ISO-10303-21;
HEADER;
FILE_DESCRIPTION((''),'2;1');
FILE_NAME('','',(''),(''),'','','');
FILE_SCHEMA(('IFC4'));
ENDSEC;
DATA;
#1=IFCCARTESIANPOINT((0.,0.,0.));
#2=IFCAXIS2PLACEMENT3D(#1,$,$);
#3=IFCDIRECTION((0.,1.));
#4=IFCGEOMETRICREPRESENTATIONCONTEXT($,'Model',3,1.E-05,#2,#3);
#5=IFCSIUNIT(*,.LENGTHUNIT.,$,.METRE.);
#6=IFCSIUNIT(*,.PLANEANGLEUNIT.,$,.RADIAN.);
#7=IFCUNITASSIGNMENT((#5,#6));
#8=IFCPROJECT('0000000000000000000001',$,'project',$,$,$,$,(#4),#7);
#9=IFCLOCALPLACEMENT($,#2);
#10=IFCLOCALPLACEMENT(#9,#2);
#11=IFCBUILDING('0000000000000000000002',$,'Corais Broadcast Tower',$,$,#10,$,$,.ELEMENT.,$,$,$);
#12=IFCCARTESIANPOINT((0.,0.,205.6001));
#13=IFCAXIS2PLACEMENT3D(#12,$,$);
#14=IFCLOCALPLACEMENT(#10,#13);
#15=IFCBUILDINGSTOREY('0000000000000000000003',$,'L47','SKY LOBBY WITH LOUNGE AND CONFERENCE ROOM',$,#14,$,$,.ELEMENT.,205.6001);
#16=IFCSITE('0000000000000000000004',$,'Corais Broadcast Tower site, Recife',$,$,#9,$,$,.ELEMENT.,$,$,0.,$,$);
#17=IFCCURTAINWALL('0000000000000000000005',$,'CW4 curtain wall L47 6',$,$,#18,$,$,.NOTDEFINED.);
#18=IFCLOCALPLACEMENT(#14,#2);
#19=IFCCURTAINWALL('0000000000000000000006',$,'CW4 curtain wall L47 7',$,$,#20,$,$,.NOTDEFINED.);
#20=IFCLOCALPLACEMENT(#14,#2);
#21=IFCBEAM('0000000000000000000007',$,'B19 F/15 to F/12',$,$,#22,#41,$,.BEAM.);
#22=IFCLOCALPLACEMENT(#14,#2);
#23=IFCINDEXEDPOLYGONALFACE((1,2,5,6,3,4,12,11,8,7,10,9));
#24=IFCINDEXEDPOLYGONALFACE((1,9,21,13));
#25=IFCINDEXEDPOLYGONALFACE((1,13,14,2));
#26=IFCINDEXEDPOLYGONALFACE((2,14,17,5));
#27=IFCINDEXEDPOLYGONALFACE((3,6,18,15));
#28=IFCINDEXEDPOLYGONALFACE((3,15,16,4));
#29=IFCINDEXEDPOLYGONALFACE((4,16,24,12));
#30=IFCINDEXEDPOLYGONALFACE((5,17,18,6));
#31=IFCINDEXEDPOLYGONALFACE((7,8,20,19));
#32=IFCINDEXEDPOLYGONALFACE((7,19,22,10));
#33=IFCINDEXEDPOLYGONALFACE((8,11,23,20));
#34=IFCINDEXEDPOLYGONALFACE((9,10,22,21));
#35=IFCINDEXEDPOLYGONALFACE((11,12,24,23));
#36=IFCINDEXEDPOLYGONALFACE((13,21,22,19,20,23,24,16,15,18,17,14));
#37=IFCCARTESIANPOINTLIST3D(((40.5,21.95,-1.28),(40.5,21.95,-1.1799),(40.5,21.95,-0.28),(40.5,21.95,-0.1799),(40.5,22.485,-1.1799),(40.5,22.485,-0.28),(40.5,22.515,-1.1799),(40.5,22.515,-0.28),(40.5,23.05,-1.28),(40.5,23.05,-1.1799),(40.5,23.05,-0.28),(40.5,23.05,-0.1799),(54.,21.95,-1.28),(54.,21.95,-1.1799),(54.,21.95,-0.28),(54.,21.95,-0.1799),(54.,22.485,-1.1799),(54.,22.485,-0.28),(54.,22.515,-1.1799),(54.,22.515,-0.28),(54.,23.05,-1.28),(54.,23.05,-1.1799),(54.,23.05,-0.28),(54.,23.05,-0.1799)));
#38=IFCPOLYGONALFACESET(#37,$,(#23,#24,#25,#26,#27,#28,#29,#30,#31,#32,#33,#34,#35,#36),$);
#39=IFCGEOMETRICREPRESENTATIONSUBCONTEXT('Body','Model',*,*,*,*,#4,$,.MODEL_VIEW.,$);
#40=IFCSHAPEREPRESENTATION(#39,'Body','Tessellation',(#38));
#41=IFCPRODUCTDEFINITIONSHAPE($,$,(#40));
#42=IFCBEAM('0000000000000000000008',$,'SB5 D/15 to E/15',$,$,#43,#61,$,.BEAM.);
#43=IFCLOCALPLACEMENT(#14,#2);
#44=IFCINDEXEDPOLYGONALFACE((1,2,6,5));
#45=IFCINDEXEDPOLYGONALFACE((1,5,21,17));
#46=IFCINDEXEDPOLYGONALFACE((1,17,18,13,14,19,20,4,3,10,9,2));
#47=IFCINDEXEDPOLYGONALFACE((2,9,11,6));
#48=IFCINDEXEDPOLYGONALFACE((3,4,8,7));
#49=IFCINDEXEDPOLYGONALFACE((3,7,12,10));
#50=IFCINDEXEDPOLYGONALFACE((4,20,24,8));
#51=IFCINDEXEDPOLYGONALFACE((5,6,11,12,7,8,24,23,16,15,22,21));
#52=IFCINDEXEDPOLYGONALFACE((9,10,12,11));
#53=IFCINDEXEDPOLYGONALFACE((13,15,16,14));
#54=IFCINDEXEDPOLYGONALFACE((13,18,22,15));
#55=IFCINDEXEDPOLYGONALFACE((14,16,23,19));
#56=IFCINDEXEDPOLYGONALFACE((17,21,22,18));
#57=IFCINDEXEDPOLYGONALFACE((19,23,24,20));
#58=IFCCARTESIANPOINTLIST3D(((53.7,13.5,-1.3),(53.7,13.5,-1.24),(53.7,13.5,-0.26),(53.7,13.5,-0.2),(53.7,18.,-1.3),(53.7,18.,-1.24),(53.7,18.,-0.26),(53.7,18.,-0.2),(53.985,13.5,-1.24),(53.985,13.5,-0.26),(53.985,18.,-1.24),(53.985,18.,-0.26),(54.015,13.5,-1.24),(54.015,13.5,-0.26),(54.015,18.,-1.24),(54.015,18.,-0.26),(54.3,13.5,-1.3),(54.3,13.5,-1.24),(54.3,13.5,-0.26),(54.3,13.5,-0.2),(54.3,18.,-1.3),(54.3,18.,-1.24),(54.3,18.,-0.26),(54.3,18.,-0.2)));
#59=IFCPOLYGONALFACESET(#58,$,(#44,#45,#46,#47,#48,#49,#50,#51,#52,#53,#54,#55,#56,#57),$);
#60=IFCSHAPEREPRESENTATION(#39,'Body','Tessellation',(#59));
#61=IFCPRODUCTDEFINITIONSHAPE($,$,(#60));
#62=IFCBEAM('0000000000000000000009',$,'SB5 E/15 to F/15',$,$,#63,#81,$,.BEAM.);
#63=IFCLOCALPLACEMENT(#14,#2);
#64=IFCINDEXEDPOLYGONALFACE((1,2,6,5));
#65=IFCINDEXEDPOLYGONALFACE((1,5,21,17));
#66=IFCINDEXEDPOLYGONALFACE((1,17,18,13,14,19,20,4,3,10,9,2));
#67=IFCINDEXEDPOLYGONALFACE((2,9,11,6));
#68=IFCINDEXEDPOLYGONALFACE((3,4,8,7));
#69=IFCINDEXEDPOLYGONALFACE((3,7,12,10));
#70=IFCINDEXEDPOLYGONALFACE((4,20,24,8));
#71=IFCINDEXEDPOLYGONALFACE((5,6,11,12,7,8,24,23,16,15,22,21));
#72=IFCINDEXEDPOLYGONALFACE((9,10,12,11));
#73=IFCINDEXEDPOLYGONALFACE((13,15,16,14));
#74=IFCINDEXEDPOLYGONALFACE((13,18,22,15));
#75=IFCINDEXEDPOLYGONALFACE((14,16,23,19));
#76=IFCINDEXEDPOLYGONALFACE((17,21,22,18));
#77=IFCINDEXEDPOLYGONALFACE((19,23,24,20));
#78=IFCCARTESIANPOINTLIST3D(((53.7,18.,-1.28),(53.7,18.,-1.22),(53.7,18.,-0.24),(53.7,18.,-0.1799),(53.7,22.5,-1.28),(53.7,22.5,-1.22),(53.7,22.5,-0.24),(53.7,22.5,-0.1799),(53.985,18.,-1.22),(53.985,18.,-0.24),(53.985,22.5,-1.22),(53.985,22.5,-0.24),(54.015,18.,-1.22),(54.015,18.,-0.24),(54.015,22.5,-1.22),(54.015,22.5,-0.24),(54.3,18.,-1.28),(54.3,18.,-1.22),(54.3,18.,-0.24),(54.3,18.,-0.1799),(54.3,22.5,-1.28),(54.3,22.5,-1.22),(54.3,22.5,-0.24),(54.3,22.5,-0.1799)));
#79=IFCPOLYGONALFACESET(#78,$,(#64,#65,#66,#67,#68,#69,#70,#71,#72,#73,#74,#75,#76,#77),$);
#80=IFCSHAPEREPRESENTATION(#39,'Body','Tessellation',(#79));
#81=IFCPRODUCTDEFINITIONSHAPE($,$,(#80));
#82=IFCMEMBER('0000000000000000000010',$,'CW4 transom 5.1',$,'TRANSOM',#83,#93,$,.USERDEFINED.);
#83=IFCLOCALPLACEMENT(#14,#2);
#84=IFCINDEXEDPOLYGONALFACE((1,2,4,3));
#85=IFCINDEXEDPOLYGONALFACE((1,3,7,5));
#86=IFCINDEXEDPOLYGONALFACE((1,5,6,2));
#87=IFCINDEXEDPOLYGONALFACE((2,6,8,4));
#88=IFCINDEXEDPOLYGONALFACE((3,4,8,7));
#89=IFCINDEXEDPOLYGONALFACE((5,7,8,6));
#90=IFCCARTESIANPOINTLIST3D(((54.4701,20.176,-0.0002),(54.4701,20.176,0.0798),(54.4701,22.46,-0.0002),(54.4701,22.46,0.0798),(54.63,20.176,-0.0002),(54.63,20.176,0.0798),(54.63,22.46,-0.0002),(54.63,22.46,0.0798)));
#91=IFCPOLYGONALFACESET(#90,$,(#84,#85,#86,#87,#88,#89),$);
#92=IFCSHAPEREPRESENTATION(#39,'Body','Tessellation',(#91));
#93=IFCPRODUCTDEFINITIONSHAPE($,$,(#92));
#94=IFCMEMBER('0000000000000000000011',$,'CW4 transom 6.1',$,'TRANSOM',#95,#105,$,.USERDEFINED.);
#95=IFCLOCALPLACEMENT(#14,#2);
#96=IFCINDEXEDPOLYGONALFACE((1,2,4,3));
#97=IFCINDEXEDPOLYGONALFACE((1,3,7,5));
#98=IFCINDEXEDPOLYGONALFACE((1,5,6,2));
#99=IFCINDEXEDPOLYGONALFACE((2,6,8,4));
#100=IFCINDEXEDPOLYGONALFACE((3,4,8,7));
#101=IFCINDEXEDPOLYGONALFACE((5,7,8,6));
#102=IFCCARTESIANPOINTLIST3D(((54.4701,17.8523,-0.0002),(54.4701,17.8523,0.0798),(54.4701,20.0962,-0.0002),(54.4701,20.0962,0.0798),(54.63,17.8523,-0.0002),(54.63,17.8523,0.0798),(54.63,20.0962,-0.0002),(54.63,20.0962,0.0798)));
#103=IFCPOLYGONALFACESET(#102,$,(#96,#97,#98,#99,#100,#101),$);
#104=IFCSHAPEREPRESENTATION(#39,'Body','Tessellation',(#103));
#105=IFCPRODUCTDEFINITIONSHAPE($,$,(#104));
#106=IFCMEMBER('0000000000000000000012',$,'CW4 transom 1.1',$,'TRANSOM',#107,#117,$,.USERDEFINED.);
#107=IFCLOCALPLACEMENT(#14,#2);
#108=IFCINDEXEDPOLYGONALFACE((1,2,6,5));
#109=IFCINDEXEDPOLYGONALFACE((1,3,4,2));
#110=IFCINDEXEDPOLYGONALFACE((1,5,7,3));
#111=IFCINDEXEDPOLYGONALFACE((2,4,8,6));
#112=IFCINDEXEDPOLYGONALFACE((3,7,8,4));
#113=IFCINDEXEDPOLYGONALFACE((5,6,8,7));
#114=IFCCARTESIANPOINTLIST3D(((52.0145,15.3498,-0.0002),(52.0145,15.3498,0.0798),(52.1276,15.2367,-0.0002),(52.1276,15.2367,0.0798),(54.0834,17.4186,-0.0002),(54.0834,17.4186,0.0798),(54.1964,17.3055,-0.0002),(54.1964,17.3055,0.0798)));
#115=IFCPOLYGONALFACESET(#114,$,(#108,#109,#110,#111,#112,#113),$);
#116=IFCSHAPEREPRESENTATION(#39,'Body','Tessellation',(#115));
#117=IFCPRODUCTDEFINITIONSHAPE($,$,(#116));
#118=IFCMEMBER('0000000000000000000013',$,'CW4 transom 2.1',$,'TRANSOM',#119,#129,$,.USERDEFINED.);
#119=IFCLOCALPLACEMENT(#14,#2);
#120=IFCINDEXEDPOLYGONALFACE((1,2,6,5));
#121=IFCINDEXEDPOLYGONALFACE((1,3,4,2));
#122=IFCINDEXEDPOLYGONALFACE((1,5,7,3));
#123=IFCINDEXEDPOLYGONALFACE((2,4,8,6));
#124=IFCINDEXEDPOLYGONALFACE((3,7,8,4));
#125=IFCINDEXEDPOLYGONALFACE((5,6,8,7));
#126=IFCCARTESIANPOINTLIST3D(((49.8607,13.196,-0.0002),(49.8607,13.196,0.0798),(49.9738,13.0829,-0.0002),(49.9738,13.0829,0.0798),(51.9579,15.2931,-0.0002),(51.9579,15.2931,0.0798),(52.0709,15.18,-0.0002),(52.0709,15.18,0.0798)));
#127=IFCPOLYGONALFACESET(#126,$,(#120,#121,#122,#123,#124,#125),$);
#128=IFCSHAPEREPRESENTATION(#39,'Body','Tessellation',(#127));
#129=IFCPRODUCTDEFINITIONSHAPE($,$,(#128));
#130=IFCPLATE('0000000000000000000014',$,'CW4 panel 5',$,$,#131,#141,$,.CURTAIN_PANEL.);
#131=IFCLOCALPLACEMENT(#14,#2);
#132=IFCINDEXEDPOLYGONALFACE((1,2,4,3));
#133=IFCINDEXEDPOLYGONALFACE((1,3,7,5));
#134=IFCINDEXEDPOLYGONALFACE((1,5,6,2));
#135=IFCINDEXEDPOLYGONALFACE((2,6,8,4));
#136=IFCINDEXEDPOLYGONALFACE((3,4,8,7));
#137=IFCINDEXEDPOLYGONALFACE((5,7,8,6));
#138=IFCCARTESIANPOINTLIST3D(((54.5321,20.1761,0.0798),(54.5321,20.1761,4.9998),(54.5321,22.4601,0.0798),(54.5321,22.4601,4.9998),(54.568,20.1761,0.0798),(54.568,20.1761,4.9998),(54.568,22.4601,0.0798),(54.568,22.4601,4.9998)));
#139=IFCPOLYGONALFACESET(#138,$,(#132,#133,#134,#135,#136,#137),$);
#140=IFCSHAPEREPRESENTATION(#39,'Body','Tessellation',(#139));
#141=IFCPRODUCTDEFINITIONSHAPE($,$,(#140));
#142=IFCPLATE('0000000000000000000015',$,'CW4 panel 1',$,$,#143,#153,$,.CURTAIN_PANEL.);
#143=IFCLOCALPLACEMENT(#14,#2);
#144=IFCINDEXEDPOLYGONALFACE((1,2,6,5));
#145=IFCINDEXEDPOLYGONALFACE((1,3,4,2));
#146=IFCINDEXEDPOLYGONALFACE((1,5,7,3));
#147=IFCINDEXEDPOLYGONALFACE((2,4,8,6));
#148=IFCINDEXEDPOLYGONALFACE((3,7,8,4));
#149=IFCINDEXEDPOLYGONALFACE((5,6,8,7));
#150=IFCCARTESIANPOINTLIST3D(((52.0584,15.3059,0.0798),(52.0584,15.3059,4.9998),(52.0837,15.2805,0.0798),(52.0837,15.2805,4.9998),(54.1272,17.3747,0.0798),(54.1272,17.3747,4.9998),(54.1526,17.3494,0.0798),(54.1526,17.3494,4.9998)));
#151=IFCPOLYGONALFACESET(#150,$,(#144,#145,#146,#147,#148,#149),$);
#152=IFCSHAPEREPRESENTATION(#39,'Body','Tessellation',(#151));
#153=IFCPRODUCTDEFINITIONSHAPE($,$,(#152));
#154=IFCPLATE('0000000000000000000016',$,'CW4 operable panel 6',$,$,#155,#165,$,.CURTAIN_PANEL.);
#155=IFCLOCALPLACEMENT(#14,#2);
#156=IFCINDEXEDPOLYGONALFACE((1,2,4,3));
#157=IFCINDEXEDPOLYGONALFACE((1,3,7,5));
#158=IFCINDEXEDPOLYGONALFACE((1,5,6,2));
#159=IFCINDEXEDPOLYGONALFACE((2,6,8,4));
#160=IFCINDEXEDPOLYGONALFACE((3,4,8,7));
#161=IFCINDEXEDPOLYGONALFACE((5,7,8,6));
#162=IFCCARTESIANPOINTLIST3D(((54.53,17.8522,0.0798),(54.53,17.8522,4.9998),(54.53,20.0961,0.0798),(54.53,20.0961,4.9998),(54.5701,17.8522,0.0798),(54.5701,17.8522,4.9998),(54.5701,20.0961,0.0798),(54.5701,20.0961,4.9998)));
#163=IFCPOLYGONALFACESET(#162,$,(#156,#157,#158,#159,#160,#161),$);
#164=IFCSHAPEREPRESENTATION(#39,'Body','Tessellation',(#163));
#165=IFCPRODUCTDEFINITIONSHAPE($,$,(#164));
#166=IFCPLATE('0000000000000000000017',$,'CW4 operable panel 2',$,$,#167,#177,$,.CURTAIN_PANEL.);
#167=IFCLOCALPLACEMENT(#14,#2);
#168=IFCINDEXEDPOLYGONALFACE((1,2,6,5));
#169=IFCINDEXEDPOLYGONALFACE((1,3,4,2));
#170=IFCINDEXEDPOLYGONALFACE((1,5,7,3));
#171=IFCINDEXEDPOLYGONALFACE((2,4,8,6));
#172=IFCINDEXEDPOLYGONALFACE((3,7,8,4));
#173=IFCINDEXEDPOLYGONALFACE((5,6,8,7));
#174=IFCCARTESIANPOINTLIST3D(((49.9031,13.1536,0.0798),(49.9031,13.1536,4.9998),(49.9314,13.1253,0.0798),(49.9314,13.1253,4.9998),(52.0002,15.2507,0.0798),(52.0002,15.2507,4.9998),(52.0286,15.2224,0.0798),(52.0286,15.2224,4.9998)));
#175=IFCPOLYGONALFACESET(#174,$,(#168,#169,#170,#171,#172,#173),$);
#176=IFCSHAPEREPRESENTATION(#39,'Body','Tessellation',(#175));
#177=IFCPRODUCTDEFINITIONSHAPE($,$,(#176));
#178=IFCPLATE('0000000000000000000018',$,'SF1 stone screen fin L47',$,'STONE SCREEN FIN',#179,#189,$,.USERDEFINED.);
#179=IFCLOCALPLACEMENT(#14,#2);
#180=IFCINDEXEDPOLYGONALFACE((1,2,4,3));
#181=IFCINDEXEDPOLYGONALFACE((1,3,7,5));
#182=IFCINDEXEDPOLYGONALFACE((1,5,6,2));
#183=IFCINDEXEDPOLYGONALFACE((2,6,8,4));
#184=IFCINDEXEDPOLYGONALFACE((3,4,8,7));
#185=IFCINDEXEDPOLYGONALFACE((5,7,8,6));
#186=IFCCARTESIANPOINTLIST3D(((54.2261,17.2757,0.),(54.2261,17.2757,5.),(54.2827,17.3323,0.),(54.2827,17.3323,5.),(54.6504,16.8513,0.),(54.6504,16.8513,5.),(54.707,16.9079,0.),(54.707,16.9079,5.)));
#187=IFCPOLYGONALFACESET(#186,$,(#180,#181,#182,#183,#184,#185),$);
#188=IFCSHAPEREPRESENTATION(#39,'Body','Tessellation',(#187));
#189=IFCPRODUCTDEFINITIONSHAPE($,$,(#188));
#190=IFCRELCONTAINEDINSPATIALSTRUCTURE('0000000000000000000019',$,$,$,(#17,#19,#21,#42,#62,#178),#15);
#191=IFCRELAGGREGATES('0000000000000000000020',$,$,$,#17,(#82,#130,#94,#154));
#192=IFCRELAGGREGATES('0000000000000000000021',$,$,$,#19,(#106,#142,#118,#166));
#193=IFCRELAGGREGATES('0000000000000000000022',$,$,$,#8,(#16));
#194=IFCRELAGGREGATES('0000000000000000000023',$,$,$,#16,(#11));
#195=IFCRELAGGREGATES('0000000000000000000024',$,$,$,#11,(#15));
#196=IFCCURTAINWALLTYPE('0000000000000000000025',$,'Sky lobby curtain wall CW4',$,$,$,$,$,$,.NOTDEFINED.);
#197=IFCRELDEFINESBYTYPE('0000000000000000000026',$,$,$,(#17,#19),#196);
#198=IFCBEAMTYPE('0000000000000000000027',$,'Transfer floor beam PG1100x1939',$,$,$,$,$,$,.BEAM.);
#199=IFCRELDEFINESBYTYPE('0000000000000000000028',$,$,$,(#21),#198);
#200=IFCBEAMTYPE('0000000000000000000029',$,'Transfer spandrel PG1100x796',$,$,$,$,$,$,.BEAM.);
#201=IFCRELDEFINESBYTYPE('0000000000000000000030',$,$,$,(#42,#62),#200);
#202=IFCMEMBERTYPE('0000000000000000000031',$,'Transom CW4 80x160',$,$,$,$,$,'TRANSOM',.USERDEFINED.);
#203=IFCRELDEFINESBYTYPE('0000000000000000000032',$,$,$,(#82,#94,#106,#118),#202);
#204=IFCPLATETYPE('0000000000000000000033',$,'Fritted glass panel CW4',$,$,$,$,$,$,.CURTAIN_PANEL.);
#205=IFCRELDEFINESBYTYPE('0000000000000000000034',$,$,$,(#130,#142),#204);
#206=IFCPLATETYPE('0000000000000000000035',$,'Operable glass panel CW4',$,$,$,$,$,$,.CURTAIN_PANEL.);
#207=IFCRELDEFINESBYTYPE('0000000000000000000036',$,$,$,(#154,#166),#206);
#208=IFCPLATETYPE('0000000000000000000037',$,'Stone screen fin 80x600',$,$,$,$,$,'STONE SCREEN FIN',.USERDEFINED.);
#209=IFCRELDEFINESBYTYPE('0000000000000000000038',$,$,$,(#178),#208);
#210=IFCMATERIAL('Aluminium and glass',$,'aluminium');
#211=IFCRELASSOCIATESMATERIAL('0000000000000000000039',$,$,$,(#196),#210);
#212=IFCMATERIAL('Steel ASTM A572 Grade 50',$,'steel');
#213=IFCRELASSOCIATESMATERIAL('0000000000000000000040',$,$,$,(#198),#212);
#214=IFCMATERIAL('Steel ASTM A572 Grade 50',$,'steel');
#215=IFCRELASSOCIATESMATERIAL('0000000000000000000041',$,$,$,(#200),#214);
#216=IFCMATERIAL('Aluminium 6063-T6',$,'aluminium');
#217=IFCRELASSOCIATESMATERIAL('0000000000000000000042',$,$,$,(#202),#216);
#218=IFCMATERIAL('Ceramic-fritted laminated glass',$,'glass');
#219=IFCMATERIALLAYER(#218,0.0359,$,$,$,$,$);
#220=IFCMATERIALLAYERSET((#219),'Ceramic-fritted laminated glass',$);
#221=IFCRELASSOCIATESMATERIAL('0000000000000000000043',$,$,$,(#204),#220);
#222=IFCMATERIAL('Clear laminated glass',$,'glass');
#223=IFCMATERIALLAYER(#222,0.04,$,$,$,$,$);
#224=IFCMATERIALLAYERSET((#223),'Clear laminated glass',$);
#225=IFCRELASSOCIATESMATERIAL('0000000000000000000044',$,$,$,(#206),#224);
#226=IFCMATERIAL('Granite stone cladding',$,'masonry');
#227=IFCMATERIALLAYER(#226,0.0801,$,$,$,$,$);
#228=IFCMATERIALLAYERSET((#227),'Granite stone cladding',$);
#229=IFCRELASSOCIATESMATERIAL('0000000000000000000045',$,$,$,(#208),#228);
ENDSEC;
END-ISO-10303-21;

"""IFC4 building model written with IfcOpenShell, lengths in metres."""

from ifc_helpers import new_model, si_unit, direction, frame, origin, origin_2d, place, context, subcontext, project, spatial, rectangle, i_section, extrude, material, layer, layer_set, material_profile, profile_set, type_object, element, aggregate, save


model = new_model("IFC4")

# Units and contexts
model_context = context("Model", 3, precision=1e-05, world=origin(), true_north=direction((0.0, 1.0)))
body_context = subcontext(model_context, "Body", "Model", "MODEL_VIEW")
ifc_project = project(units=[si_unit("LENGTHUNIT", "METRE"), si_unit("PLANEANGLEUNIT", "RADIAN")], contexts=[model_context])

# Site, building, storey
site_placement = place(None, origin())
site = spatial("IfcSite", under=ifc_project, at=site_placement, Name="Corais Broadcast Tower site, Recife", CompositionType="ELEMENT", RefElevation=0.0)
building_placement = place(site_placement, origin())
building = spatial("IfcBuilding", under=site, at=building_placement, Name="Corais Broadcast Tower", CompositionType="ELEMENT")
storey_placement = place(building_placement, frame((0.0, 0.0, 205.6001)))
storey = spatial("IfcBuildingStorey", under=building, at=storey_placement, Name="L47", Description="SKY LOBBY WITH LOUNGE AND CONFERENCE ROOM", CompositionType="ELEMENT", Elevation=205.6001)

# Curtain walls
ifc_material_1 = material(Name="Aluminium and glass", Category="aluminium")
curtain_wall_type = type_object("IfcCurtainWallType", Name="Sky lobby curtain wall CW4", PredefinedType="NOTDEFINED", material=ifc_material_1)
curtain_wall_1_placement = place(storey_placement, origin())
curtain_wall_1 = element("IfcCurtainWall", 1, at=curtain_wall_1_placement, inside=storey, type_object=curtain_wall_type, Name="CW4 curtain wall L47 6", PredefinedType="NOTDEFINED")
curtain_wall_2_placement = place(storey_placement, origin())
curtain_wall_2 = element("IfcCurtainWall", 2, at=curtain_wall_2_placement, inside=storey, type_object=curtain_wall_type, Name="CW4 curtain wall L47 7", PredefinedType="NOTDEFINED")

# Beams
ifc_material_2 = material(Name="Steel ASTM A572 Grade 50", Category="steel")
ifc_material_profile_1 = material_profile(ifc_material_2, i_section(OverallWidth=1.1001, OverallDepth=1.1001, WebThickness=0.03, FlangeThickness=0.1001, at=origin_2d()), Name="PG1100x1939")
ifc_profile_set_1 = profile_set([ifc_material_profile_1], Name="Steel ASTM A572 Grade 50")
beam_type_1 = type_object("IfcBeamType", Name="Transfer floor beam PG1100x1939", PredefinedType="BEAM", material=ifc_profile_set_1)
for number, where, z_axis, x_axis, name in (
    (3, (54.0, 22.5, -0.73), (-1.0, 0.0, 0.0), (0.0, -1.0, 0.0), "B19 F/15 to F/12"),
):
    element("IfcBeam", number, at=place(storey_placement, frame(where, z_axis=z_axis, x_axis=x_axis)), inside=storey, type_object=beam_type_1, Name=name, PredefinedType="BEAM", context=body_context, shape_type="SweptSolid", body=[
        extrude(i_section(OverallWidth=1.1001, OverallDepth=1.1001, WebThickness=0.03, FlangeThickness=0.1001, at=origin_2d()), origin(), (0.0, 0.0, 1.0), 13.5),
    ])
ifc_material_3 = material(Name="Steel ASTM A572 Grade 50", Category="steel")
ifc_material_profile_2 = material_profile(ifc_material_3, i_section(OverallWidth=0.6001, OverallDepth=1.1001, WebThickness=0.03, FlangeThickness=0.0601, at=origin_2d()), Name="PG1100x796")
ifc_profile_set_2 = profile_set([ifc_material_profile_2], Name="Steel ASTM A572 Grade 50")
beam_type_2 = type_object("IfcBeamType", Name="Transfer spandrel PG1100x796", PredefinedType="BEAM", material=ifc_profile_set_2)
for number, where, z_axis, x_axis, name in (
    (4, (54.0, 13.5, -0.75), (0.0, 1.0, 0.0), (-1.0, 0.0, 0.0), "SB5 D/15 to E/15"),
    (5, (54.0, 18.0, -0.73), (0.0, 1.0, 0.0), (-1.0, 0.0, 0.0), "SB5 E/15 to F/15"),
):
    element("IfcBeam", number, at=place(storey_placement, frame(where, z_axis=z_axis, x_axis=x_axis)), inside=storey, type_object=beam_type_2, Name=name, PredefinedType="BEAM", context=body_context, shape_type="SweptSolid", body=[
        extrude(i_section(OverallWidth=0.6001, OverallDepth=1.1001, WebThickness=0.03, FlangeThickness=0.0601, at=origin_2d()), origin(), (0.0, 0.0, 1.0), 4.5),
    ])

# Members
ifc_material_4 = material(Name="Aluminium 6063-T6", Category="aluminium")
ifc_material_profile_3 = material_profile(ifc_material_4, rectangle(XDim=0.1599, YDim=0.0801, at=origin_2d()), Name="Transom CW4 80x160")
ifc_profile_set_3 = profile_set([ifc_material_profile_3], Name="Aluminium 6063-T6")
member_type_1 = type_object("IfcMemberType", Name="Transom CW4 80x160", ElementType="TRANSOM", PredefinedType="USERDEFINED", material=ifc_profile_set_3)
member_1_placement = place(storey_placement, frame((54.55, 22.46, 0.0398), z_axis=(0.0, -1.0, 0.0), x_axis=(1.0, 0.0, 0.0)))
member_1 = element("IfcMember", 6, at=member_1_placement, type_object=member_type_1, Name="CW4 transom 5.1", ObjectType="TRANSOM", PredefinedType="USERDEFINED", context=body_context, shape_type="SweptSolid", body=[
    extrude(rectangle(XDim=0.1599, YDim=0.0801, at=origin_2d()), origin(), (0.0, 0.0, 1.0), 2.2839),
])
member_2_placement = place(storey_placement, frame((54.55, 20.0962, 0.0398), z_axis=(0.0, -1.0, 0.0), x_axis=(1.0, 0.0, 0.0)))
member_2 = element("IfcMember", 7, at=member_2_placement, type_object=member_type_1, Name="CW4 transom 6.1", ObjectType="TRANSOM", PredefinedType="USERDEFINED", context=body_context, shape_type="SweptSolid", body=[
    extrude(rectangle(XDim=0.1599, YDim=0.0801, at=origin_2d()), origin(), (0.0, 0.0, 1.0), 2.2439),
])
member_3_placement = place(storey_placement, frame((54.1399, 17.3621, 0.0398), z_axis=(-0.707107, -0.707107, 0.0), x_axis=(0.707107, -0.707107, 0.0)))
member_3 = element("IfcMember", 8, at=member_3_placement, type_object=member_type_1, Name="CW4 transom 1.1", ObjectType="TRANSOM", PredefinedType="USERDEFINED", context=body_context, shape_type="SweptSolid", body=[
    extrude(rectangle(XDim=0.1599, YDim=0.0801, at=origin_2d()), origin(), (0.0, 0.0, 1.0), 2.9258),
])
member_4_placement = place(storey_placement, frame((52.0144, 15.2366, 0.0398), z_axis=(-0.707107, -0.707107, 0.0), x_axis=(0.707107, -0.707107, 0.0)))
member_4 = element("IfcMember", 9, at=member_4_placement, type_object=member_type_1, Name="CW4 transom 2.1", ObjectType="TRANSOM", PredefinedType="USERDEFINED", context=body_context, shape_type="SweptSolid", body=[
    extrude(rectangle(XDim=0.1599, YDim=0.0801, at=origin_2d()), origin(), (0.0, 0.0, 1.0), 2.9658),
])

# Plates
ifc_material_5 = material(Name="Ceramic-fritted laminated glass", Category="glass")
ifc_layer_1 = layer(ifc_material_5, 0.0359)
ifc_layer_set_1 = layer_set([ifc_layer_1], Name="Ceramic-fritted laminated glass")
plate_type_1 = type_object("IfcPlateType", Name="Fritted glass panel CW4", PredefinedType="CURTAIN_PANEL", material=ifc_layer_set_1)
plate_1_placement = place(storey_placement, frame((54.55, 21.3181, 0.0798), z_axis=(0.0, 0.0, 1.0), x_axis=(0.0, -1.0, 0.0)))
plate_1 = element("IfcPlate", 10, at=plate_1_placement, type_object=plate_type_1, Name="CW4 panel 5", PredefinedType="CURTAIN_PANEL", context=body_context, shape_type="SweptSolid", body=[
    extrude(rectangle(XDim=2.2839, YDim=0.0359, at=origin_2d()), origin(), (0.0, 0.0, 1.0), 4.9199),
])
plate_2_placement = place(storey_placement, frame((53.1055, 16.3276, 0.0798), z_axis=(0.0, 0.0, 1.0), x_axis=(-0.707107, -0.707107, 0.0)))
plate_2 = element("IfcPlate", 11, at=plate_2_placement, type_object=plate_type_1, Name="CW4 panel 1", PredefinedType="CURTAIN_PANEL", context=body_context, shape_type="SweptSolid", body=[
    extrude(rectangle(XDim=2.9258, YDim=0.0359, at=origin_2d()), origin(), (0.0, 0.0, 1.0), 4.9199),
])
ifc_material_6 = material(Name="Clear laminated glass", Category="glass")
ifc_layer_2 = layer(ifc_material_6, 0.04)
ifc_layer_set_2 = layer_set([ifc_layer_2], Name="Clear laminated glass")
plate_type_2 = type_object("IfcPlateType", Name="Operable glass panel CW4", PredefinedType="CURTAIN_PANEL", material=ifc_layer_set_2)
plate_3_placement = place(storey_placement, frame((54.55, 18.9741, 0.0798), z_axis=(0.0, 0.0, 1.0), x_axis=(0.0, -1.0, 0.0)))
plate_3 = element("IfcPlate", 12, at=plate_3_placement, type_object=plate_type_2, Name="CW4 operable panel 6", PredefinedType="CURTAIN_PANEL", context=body_context, shape_type="SweptSolid", body=[
    extrude(rectangle(XDim=2.2439, YDim=0.04, at=origin_2d()), origin(), (0.0, 0.0, 1.0), 4.9199),
])
aggregate(curtain_wall_1, [member_1, plate_1, member_2, plate_3])
plate_4_placement = place(storey_placement, frame((50.9658, 14.188, 0.0798), z_axis=(0.0, 0.0, 1.0), x_axis=(-0.707107, -0.707107, 0.0)))
plate_4 = element("IfcPlate", 13, at=plate_4_placement, type_object=plate_type_2, Name="CW4 operable panel 2", PredefinedType="CURTAIN_PANEL", context=body_context, shape_type="SweptSolid", body=[
    extrude(rectangle(XDim=2.9658, YDim=0.04, at=origin_2d()), origin(), (0.0, 0.0, 1.0), 4.9199),
])
aggregate(curtain_wall_2, [member_3, plate_2, member_4, plate_4])
ifc_material_7 = material(Name="Granite stone cladding", Category="masonry")
ifc_layer_3 = layer(ifc_material_7, 0.0801)
ifc_layer_set_3 = layer_set([ifc_layer_3], Name="Granite stone cladding")
plate_type_3 = type_object("IfcPlateType", Name="Stone screen fin 80x600", ElementType="STONE SCREEN FIN", PredefinedType="USERDEFINED", material=ifc_layer_set_3)
plate_5_placement = place(storey_placement, frame((54.4666, 17.0918, 0.0), z_axis=(0.0, 0.0, 1.0), x_axis=(-0.707107, -0.707107, 0.0)))
element("IfcPlate", 14, at=plate_5_placement, inside=storey, type_object=plate_type_3, Name="SF1 stone screen fin L47", ObjectType="STONE SCREEN FIN", PredefinedType="USERDEFINED", context=body_context, shape_type="SweptSolid", body=[
    extrude(rectangle(XDim=0.0801, YDim=0.6001, at=origin_2d()), origin(), (0.0, 0.0, 1.0), 5.0),
])

save(model, "model.ifc")
